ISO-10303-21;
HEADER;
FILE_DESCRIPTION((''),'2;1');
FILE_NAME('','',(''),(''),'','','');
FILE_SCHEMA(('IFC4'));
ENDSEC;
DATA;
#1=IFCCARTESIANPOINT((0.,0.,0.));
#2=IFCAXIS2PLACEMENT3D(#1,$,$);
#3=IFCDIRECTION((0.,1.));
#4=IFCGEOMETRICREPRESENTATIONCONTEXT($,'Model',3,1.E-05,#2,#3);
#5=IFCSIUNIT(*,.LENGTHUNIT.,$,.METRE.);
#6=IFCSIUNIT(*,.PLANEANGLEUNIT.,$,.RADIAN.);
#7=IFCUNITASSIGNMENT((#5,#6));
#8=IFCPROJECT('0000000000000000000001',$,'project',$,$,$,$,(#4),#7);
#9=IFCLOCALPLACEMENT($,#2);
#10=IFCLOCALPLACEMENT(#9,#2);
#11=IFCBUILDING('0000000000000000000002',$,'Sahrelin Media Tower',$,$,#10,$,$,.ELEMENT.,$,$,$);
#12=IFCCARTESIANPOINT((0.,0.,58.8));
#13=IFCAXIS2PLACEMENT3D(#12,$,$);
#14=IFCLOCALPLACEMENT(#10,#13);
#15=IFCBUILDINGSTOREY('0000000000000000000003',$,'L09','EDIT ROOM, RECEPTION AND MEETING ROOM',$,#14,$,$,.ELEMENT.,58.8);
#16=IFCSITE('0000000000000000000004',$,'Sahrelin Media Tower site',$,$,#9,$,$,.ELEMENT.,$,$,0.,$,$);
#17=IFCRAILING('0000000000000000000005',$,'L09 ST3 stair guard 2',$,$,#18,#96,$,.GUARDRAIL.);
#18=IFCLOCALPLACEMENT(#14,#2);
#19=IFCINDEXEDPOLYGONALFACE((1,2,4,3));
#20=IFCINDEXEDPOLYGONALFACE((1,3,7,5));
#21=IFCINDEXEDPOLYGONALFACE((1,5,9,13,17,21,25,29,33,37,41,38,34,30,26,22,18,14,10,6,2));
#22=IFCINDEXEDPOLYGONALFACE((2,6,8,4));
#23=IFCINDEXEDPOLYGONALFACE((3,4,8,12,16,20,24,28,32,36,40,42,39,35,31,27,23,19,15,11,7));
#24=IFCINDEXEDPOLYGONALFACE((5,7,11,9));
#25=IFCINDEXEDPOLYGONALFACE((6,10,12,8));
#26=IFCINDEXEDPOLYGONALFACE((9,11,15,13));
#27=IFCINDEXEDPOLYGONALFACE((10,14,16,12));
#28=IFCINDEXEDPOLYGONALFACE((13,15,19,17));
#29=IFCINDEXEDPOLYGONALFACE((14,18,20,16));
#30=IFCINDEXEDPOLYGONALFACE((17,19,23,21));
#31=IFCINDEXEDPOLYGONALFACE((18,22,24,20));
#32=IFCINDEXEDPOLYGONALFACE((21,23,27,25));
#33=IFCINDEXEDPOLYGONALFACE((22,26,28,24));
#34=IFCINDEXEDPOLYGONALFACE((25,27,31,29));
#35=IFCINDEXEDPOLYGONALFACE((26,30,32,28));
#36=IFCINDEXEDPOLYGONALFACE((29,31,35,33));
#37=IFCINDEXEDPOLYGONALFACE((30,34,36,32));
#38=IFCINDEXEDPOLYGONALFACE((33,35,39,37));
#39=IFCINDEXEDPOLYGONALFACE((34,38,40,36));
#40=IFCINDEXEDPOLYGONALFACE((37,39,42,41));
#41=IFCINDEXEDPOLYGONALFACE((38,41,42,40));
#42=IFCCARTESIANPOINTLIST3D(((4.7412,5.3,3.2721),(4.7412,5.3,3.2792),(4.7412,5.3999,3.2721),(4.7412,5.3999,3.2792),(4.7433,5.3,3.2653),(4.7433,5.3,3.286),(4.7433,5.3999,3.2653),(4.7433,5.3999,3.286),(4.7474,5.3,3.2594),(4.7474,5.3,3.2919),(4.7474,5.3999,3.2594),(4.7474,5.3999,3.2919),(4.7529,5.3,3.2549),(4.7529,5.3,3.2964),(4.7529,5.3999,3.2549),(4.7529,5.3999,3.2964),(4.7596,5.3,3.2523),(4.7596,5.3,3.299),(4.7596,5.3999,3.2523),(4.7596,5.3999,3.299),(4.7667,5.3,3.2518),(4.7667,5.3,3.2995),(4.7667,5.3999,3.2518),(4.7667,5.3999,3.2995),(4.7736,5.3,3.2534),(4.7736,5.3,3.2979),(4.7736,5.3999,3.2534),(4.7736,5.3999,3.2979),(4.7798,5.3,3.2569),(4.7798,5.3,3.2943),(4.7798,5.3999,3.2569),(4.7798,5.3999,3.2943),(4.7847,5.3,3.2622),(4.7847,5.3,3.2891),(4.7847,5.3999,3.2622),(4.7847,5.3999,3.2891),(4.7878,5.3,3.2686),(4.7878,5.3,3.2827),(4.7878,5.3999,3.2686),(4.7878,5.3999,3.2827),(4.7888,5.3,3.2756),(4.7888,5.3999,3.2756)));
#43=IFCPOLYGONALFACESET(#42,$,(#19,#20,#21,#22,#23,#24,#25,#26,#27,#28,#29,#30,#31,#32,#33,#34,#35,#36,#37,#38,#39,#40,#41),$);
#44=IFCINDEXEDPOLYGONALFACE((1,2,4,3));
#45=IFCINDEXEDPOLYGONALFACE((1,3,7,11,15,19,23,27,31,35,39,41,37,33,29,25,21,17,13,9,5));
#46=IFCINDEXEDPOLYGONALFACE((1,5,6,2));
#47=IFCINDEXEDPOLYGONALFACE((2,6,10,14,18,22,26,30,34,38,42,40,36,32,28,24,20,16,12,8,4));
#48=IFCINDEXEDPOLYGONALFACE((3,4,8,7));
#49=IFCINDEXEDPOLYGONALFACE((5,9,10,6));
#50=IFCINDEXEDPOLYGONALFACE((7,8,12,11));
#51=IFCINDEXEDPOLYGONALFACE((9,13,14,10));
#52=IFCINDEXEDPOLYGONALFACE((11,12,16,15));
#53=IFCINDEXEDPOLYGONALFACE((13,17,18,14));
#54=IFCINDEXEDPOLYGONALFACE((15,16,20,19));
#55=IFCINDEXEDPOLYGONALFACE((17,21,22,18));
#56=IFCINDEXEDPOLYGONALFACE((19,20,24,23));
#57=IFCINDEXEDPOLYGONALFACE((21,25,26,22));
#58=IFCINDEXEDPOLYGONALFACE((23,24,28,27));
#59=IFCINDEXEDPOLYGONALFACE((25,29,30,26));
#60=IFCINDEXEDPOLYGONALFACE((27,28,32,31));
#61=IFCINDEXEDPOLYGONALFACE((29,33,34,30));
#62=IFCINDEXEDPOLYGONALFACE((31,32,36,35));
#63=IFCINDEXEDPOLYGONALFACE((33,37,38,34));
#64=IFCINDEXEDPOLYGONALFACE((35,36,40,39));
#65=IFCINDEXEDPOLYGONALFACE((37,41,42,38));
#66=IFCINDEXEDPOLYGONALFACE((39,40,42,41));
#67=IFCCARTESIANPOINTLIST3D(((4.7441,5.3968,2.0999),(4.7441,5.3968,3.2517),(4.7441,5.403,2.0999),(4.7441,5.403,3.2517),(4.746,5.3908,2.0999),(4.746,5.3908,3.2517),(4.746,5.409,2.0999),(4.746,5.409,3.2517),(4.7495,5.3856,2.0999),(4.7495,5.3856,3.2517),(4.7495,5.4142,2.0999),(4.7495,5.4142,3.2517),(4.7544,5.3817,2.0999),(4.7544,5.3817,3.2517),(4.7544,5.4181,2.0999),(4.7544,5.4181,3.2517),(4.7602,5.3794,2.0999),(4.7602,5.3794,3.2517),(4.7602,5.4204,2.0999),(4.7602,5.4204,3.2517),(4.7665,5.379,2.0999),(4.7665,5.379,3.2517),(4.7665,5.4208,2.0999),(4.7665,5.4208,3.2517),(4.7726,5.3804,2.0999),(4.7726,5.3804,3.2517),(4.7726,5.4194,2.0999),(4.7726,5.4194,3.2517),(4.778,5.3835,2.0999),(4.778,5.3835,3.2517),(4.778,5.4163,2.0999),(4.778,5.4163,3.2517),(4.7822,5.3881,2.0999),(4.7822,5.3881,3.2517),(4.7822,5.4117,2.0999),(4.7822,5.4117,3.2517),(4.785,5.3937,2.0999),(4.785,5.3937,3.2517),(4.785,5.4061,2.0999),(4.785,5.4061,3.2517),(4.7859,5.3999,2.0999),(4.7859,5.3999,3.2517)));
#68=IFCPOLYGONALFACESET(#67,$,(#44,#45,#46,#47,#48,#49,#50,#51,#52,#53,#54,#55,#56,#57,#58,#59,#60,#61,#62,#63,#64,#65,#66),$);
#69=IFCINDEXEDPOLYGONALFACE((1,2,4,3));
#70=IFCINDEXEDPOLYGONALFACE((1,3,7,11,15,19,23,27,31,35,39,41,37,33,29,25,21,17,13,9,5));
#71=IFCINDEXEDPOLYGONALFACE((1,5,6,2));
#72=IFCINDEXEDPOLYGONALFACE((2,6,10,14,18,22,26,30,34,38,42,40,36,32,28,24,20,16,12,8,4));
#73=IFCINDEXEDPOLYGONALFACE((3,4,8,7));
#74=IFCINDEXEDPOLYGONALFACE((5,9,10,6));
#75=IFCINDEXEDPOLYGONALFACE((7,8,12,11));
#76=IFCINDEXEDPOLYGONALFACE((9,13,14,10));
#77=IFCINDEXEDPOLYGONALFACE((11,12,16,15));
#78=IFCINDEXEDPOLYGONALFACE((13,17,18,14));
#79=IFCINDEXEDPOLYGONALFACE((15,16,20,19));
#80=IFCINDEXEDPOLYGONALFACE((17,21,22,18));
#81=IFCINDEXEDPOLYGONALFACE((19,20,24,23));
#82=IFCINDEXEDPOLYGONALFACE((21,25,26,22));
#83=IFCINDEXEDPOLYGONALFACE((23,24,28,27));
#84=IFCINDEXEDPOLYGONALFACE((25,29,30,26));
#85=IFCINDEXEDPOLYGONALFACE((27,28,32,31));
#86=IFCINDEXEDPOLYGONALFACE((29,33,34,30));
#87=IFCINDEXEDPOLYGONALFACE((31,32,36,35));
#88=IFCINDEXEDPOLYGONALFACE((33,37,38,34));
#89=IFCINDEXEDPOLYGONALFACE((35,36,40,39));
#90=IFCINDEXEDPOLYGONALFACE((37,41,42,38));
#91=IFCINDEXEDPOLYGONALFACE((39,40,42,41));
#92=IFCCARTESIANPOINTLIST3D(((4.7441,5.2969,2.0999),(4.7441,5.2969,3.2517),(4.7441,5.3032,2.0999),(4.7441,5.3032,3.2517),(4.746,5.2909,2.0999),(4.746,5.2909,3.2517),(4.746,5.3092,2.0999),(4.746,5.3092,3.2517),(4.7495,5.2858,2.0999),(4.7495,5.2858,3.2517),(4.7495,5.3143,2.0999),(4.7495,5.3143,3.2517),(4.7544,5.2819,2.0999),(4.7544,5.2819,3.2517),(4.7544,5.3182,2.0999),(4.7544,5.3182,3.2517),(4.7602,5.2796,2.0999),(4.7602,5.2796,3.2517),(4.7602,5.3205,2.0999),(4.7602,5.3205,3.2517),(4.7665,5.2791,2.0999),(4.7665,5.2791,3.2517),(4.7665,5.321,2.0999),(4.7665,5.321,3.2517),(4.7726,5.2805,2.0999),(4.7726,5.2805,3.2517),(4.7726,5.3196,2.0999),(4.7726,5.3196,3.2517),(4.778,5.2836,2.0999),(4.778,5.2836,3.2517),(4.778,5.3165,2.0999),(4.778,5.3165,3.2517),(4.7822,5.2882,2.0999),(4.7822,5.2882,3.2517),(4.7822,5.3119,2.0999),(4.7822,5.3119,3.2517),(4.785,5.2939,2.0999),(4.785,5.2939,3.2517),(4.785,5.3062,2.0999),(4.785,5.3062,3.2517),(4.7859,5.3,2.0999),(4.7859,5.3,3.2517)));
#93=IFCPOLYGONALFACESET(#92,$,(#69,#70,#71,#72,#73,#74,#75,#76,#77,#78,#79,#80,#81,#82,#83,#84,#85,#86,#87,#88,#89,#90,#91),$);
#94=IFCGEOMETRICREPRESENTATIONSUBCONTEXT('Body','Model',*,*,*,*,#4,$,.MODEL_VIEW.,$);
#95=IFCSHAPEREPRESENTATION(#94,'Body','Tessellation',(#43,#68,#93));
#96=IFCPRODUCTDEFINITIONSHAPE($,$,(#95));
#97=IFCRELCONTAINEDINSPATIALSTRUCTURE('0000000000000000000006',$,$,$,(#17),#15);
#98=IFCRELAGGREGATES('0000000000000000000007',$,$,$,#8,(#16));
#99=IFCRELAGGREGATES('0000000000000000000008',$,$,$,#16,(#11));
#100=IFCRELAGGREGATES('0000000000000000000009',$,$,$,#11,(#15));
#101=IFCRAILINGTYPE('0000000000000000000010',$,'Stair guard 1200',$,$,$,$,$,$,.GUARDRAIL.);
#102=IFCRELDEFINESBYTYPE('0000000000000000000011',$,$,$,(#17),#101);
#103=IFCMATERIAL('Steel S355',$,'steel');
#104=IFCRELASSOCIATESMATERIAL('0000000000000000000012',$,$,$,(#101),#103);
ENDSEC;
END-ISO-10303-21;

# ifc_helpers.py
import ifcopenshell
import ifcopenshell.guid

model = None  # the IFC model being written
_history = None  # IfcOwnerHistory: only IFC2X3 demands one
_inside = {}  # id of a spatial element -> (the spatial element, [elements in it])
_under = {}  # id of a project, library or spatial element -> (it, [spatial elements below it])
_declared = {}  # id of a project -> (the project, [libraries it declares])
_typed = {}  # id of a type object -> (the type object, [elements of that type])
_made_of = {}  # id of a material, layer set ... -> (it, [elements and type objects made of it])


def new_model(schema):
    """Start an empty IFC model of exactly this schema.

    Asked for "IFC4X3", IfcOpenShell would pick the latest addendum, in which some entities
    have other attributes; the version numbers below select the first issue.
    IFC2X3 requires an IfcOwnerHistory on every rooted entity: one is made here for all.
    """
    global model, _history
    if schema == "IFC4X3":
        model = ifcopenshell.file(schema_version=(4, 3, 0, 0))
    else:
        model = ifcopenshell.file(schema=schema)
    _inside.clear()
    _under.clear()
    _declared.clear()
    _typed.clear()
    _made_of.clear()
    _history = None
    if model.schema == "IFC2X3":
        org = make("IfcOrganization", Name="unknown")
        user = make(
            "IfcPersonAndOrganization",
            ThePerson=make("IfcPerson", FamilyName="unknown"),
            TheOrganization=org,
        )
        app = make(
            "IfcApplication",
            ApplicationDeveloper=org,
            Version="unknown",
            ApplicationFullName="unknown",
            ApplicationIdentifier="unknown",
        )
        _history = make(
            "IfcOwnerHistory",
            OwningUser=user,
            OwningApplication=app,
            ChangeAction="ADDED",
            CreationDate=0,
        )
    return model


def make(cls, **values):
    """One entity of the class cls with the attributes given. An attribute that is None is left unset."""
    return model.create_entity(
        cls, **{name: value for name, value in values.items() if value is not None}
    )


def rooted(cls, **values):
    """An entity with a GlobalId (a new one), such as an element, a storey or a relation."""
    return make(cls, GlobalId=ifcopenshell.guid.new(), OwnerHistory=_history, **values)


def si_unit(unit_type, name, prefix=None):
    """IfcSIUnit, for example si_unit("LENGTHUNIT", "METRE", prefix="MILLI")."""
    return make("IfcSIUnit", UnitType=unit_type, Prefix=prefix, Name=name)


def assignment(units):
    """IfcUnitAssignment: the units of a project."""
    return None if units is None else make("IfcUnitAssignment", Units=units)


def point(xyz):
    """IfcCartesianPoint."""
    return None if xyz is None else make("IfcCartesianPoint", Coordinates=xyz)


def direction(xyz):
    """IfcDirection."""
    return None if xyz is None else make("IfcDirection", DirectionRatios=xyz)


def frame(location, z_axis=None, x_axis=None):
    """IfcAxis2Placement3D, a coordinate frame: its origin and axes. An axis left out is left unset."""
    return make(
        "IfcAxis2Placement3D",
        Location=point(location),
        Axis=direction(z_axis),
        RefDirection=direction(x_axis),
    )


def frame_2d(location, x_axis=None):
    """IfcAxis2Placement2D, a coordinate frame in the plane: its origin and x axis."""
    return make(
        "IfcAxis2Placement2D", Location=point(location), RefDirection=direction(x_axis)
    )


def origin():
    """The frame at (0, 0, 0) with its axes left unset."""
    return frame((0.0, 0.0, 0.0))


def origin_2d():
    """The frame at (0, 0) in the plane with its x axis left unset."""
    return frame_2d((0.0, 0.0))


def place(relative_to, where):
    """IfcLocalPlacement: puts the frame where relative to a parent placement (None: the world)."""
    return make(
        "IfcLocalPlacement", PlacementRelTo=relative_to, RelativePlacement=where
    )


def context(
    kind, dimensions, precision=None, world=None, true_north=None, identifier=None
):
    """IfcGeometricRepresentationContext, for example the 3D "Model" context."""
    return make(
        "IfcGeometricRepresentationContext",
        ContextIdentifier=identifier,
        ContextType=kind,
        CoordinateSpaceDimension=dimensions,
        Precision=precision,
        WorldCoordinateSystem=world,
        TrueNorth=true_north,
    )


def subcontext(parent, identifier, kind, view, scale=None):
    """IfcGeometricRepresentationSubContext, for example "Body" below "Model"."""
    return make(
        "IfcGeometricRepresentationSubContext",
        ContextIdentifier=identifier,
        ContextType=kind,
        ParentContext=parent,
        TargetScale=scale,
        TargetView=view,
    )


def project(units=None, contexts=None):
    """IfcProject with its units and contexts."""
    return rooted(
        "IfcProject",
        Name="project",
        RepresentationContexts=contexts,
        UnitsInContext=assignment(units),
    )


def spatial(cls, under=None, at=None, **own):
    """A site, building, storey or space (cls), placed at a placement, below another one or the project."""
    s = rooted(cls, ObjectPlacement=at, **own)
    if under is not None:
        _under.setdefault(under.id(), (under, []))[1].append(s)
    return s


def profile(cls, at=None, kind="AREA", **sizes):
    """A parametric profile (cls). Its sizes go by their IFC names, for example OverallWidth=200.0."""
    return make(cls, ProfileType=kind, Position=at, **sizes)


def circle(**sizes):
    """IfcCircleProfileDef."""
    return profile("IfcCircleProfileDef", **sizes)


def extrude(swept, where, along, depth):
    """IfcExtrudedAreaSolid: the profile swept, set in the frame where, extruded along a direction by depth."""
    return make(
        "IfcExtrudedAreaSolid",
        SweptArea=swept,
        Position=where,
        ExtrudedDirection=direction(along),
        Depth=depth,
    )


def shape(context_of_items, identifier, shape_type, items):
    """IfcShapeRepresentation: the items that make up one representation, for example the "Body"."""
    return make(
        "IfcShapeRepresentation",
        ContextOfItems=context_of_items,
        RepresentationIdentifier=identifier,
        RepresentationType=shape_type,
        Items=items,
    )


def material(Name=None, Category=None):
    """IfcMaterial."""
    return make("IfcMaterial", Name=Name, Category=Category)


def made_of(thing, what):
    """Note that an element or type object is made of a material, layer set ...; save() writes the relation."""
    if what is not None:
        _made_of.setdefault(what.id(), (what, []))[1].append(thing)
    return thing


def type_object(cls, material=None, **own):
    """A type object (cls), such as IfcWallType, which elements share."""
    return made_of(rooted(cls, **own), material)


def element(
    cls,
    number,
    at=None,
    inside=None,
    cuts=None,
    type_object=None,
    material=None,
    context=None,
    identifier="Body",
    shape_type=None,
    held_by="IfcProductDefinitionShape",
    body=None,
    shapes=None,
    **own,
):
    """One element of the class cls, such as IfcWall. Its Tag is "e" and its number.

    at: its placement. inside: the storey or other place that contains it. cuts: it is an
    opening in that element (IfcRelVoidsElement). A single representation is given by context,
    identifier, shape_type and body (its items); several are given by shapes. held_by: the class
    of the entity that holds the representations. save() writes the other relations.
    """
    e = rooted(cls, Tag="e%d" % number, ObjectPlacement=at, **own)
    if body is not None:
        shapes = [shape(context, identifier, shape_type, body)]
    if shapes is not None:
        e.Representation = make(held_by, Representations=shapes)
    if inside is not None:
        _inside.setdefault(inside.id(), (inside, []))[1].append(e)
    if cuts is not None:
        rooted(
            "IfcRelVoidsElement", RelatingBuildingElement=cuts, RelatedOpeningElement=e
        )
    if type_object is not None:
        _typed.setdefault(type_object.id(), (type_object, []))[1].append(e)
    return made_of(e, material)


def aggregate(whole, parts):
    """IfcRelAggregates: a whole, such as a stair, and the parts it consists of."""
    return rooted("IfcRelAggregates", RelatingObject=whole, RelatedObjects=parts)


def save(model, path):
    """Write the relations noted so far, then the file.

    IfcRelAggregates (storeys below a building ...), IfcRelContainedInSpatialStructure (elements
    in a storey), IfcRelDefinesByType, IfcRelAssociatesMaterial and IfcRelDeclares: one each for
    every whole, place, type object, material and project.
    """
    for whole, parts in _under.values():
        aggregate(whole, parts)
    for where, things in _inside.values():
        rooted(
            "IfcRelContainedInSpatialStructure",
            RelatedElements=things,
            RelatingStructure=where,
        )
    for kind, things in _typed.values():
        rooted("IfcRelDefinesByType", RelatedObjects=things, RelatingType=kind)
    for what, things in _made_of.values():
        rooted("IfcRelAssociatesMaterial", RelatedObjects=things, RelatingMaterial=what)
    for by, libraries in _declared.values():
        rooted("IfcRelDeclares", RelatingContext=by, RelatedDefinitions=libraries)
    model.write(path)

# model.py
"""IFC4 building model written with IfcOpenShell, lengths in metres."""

from ifc_helpers import new_model, si_unit, direction, frame, origin, origin_2d, place, context, subcontext, project, spatial, circle, extrude, material, type_object, element, save


model = new_model("IFC4")

# Units and contexts
model_context = context("Model", 3, precision=1e-05, world=origin(), true_north=direction((0.0, 1.0)))
body_context = subcontext(model_context, "Body", "Model", "MODEL_VIEW")
ifc_project = project(units=[si_unit("LENGTHUNIT", "METRE"), si_unit("PLANEANGLEUNIT", "RADIAN")], contexts=[model_context])

# Site, building, storey
site_placement = place(None, origin())
site = spatial("IfcSite", under=ifc_project, at=site_placement, Name="Sahrelin Media Tower site", CompositionType="ELEMENT", RefElevation=0.0)
building_placement = place(site_placement, origin())
building = spatial("IfcBuilding", under=site, at=building_placement, Name="Sahrelin Media Tower", CompositionType="ELEMENT")
storey_placement = place(building_placement, frame((0.0, 0.0, 58.8)))
storey = spatial("IfcBuildingStorey", under=building, at=storey_placement, Name="L09", Description="EDIT ROOM, RECEPTION AND MEETING ROOM", CompositionType="ELEMENT", Elevation=58.8)

# Shared definitions
ifc_material_1 = material(Name="Steel S355", Category="steel")

# Railing
railing_type_1 = type_object("IfcRailingType", Name="Stair guard 1200", PredefinedType="GUARDRAIL", material=ifc_material_1)
railing_1_placement = place(storey_placement, frame((4.7649, 5.3999, 2.0999)))
element("IfcRailing", 1, at=railing_1_placement, inside=storey, type_object=railing_type_1, Name="L09 ST3 stair guard 2", PredefinedType="GUARDRAIL", context=body_context, shape_type="SweptSolid", body=[
    extrude(circle(Radius=0.0239, at=origin_2d()), frame((0.0, 0.0, 1.1758), z_axis=(0.0, -1.0, 0.0), x_axis=(1.0, 0.0, 0.0)), (0.0, 0.0, 1.0), 0.0999),
    extrude(circle(Radius=0.021, at=origin_2d()), origin(), (0.0, 0.0, 1.0), 1.1519),
    extrude(circle(Radius=0.021, at=origin_2d()), frame((0.0, -0.0999, 0.0)), (0.0, 0.0, 1.0), 1.1519),
])

save(model, "model.ifc")
